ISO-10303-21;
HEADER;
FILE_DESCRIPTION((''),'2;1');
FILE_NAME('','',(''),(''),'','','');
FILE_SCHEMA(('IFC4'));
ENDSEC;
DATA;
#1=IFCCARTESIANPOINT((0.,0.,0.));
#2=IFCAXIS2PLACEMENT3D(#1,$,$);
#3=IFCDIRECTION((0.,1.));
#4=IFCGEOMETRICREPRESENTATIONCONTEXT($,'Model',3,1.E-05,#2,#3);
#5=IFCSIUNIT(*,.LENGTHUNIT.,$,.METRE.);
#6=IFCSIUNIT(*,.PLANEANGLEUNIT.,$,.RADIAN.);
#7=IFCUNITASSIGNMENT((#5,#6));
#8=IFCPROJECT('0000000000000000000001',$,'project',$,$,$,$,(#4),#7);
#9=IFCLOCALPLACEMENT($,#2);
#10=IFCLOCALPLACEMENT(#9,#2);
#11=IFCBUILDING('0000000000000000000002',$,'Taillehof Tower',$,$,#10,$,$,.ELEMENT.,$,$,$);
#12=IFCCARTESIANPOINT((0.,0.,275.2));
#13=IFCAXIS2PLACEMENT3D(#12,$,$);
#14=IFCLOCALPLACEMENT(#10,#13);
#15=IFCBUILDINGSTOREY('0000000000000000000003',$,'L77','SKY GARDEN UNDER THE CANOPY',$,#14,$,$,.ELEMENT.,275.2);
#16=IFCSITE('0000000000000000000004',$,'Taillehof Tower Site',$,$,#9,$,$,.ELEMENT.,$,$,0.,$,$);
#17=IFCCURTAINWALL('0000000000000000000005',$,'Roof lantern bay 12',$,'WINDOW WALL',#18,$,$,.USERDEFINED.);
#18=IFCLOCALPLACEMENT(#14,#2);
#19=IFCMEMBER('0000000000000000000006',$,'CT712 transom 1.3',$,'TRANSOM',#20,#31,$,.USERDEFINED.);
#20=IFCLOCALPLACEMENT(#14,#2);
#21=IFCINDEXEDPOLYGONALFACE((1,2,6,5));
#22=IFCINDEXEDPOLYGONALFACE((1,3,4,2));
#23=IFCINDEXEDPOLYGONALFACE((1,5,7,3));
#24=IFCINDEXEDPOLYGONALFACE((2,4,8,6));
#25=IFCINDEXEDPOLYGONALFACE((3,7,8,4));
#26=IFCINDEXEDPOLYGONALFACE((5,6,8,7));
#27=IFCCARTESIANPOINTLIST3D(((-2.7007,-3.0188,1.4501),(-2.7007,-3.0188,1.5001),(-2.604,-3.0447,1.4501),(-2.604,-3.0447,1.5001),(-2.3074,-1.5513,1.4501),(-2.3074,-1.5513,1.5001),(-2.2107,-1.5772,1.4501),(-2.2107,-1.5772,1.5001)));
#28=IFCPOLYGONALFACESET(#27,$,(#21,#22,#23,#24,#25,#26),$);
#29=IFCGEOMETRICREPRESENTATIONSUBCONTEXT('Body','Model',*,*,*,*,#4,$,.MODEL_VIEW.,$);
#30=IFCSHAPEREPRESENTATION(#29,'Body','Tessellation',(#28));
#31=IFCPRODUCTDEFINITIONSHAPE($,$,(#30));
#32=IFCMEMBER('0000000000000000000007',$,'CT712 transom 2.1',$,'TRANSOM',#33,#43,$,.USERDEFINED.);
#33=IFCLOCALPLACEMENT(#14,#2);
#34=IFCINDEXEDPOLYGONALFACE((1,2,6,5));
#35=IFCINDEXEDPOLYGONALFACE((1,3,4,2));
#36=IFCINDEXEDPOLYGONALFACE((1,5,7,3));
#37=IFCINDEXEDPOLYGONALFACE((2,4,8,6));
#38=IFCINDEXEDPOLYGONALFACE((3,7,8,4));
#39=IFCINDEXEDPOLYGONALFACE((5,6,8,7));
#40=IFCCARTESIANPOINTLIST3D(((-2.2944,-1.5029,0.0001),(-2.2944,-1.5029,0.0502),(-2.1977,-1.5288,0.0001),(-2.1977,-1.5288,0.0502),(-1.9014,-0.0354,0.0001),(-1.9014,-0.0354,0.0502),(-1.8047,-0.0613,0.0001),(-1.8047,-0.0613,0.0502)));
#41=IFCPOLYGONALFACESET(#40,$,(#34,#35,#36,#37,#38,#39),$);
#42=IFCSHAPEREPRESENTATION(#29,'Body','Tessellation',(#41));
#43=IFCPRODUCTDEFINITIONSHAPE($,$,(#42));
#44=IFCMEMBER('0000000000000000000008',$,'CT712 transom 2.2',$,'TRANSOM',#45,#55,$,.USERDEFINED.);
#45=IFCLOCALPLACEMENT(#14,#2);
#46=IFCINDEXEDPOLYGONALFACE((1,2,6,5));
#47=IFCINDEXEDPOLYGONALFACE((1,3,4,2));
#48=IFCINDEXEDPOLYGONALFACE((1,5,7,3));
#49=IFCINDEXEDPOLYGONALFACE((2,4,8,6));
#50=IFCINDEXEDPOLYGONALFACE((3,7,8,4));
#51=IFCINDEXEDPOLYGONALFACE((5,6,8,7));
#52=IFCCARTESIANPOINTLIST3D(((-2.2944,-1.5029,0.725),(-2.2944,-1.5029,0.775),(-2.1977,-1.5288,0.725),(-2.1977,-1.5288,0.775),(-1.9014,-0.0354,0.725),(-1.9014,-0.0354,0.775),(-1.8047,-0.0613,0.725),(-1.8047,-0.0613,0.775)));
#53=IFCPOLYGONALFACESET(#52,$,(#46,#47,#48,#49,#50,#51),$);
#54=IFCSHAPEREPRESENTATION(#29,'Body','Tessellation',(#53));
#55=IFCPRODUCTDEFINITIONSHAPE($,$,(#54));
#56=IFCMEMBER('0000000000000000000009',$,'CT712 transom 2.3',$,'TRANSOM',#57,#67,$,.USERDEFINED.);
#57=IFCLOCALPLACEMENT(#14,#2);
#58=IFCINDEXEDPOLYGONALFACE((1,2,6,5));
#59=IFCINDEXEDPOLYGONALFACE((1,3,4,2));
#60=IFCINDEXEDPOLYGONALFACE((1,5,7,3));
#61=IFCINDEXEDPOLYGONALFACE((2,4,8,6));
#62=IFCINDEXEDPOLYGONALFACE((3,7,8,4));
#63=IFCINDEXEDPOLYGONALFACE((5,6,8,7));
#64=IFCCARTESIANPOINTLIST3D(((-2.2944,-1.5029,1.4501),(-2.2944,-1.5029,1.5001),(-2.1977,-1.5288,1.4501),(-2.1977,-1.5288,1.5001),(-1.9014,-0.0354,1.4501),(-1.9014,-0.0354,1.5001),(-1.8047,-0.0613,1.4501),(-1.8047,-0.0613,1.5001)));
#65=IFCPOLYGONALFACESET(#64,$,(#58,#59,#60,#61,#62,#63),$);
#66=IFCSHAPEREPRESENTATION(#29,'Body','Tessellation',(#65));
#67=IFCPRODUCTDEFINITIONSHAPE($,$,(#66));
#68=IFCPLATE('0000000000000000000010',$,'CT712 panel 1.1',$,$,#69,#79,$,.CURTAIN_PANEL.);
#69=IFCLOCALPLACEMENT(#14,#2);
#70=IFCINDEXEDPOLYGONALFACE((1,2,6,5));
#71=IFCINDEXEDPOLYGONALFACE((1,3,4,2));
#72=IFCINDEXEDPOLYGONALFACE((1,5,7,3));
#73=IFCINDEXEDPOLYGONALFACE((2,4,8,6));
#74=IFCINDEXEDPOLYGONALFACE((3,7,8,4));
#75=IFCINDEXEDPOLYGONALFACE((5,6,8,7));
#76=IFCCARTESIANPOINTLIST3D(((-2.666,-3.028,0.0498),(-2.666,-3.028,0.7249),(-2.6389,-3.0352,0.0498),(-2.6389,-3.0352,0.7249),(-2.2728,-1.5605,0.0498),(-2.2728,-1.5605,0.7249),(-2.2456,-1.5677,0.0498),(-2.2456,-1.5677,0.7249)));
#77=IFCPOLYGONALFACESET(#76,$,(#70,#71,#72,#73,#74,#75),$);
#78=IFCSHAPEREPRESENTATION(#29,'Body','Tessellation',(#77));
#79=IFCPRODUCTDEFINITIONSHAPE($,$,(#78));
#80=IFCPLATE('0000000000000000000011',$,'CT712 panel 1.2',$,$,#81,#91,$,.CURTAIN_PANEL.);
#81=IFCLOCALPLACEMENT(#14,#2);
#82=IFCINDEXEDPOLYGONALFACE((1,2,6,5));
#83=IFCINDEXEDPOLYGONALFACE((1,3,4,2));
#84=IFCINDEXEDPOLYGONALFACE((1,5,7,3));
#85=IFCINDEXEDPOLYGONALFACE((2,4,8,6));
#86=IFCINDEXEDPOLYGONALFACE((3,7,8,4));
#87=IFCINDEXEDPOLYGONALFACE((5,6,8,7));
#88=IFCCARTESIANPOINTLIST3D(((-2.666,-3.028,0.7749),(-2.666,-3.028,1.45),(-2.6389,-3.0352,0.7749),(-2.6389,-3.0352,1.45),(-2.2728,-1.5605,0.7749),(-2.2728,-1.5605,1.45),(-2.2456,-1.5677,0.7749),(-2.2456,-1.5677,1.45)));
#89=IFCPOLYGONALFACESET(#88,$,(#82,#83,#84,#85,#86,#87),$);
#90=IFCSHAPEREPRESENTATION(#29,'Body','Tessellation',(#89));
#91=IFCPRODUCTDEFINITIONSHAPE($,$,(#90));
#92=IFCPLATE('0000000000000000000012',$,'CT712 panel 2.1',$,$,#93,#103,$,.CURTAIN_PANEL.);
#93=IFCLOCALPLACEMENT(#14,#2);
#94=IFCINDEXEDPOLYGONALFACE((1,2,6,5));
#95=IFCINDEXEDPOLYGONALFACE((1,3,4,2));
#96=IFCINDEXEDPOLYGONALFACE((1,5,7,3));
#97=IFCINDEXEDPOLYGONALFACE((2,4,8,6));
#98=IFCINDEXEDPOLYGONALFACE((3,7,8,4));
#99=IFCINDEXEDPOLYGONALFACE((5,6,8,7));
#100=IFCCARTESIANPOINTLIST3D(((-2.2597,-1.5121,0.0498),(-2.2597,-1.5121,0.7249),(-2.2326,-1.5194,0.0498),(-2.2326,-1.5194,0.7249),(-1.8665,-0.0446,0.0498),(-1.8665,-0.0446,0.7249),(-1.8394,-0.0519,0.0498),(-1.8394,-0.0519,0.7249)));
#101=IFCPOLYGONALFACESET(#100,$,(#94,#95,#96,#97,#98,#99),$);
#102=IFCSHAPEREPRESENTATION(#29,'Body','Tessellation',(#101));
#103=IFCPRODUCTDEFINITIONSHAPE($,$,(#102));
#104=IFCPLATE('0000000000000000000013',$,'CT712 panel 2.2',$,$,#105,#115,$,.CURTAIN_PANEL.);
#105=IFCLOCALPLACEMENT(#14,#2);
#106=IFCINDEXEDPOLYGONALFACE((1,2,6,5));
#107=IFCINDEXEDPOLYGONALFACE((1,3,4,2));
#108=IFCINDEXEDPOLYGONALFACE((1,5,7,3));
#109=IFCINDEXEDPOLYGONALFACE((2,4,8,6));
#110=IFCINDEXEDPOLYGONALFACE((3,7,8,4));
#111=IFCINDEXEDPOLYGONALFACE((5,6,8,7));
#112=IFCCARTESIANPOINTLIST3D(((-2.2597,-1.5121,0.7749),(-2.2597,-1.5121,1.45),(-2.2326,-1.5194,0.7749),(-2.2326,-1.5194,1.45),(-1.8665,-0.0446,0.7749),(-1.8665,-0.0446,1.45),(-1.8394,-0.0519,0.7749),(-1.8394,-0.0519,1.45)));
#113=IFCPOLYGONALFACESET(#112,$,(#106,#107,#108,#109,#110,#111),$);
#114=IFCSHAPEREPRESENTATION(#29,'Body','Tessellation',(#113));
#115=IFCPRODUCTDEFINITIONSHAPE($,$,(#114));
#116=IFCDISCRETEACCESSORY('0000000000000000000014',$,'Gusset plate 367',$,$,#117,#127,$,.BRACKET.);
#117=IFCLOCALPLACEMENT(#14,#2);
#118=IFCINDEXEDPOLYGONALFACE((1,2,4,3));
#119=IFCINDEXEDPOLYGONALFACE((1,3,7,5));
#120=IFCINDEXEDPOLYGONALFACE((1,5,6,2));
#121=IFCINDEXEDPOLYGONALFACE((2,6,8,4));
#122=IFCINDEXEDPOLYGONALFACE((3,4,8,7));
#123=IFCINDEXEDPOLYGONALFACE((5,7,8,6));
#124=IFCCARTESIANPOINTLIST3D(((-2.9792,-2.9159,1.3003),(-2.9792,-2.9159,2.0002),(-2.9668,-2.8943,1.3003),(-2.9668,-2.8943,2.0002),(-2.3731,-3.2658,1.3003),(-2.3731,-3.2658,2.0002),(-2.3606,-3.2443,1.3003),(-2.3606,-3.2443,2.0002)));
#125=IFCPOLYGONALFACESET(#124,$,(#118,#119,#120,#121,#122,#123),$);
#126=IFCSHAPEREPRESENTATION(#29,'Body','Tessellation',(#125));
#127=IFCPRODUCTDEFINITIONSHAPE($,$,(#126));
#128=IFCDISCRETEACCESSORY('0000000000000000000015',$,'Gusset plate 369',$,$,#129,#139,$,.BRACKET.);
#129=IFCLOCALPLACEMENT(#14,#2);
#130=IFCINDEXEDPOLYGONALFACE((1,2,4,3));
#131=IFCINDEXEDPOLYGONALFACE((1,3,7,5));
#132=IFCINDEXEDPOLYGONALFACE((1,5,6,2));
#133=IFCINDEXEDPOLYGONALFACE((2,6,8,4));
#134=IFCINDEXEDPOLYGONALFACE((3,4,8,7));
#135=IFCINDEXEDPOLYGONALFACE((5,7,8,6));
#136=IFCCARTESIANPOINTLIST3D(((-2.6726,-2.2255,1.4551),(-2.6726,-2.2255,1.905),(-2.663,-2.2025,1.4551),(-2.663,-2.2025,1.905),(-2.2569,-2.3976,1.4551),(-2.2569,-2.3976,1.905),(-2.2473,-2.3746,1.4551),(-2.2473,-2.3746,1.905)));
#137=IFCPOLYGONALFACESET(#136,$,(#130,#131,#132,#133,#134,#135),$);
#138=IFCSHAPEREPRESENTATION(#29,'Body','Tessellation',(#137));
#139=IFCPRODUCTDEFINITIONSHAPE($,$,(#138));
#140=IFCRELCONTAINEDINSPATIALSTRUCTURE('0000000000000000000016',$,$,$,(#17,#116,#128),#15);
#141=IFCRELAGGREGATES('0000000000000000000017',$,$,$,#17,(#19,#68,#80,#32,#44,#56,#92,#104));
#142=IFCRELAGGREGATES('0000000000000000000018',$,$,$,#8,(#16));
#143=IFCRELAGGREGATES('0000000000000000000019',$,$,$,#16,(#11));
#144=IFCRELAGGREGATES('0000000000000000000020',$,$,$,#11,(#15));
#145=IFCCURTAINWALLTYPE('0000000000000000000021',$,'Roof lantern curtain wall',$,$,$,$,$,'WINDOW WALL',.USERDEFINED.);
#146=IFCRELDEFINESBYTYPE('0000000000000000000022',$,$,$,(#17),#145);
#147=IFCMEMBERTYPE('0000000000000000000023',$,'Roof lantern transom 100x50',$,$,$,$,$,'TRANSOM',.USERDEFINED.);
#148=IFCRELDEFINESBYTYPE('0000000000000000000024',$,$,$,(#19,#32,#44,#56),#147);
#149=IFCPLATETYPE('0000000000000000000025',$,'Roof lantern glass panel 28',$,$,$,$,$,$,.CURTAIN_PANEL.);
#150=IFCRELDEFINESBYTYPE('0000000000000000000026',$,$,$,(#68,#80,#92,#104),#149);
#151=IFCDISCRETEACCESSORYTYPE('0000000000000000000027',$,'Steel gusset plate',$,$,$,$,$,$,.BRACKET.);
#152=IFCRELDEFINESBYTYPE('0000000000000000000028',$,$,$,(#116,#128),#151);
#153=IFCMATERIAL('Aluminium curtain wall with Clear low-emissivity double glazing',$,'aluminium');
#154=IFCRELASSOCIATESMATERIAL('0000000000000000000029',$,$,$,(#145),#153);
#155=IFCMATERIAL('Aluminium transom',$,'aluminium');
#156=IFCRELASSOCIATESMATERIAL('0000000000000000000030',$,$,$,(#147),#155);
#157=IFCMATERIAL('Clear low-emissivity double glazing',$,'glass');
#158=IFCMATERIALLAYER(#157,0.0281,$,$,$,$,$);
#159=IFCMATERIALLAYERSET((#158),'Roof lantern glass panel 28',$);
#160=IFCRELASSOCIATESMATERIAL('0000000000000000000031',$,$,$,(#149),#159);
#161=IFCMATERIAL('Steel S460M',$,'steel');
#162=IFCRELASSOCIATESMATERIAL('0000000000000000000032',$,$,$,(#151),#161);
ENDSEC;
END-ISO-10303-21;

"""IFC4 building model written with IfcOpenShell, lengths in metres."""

from ifc_helpers import new_model, si_unit, direction, frame, origin, origin_2d, place, context, subcontext, project, spatial, rectangle, extrude, material, layer, layer_set, material_profile, profile_set, type_object, element, aggregate, save


model = new_model("IFC4")

# Units and contexts
model_context = context("Model", 3, precision=1e-05, world=origin(), true_north=direction((0.0, 1.0)))
body_context = subcontext(model_context, "Body", "Model", "MODEL_VIEW")
ifc_project = project(units=[si_unit("LENGTHUNIT", "METRE"), si_unit("PLANEANGLEUNIT", "RADIAN")], contexts=[model_context])

# Site, building, storey
site_placement = place(None, origin())
site = spatial("IfcSite", under=ifc_project, at=site_placement, Name="Taillehof Tower Site", CompositionType="ELEMENT", RefElevation=0.0)
building_placement = place(site_placement, origin())
building = spatial("IfcBuilding", under=site, at=building_placement, Name="Taillehof Tower", CompositionType="ELEMENT")
storey_placement = place(building_placement, frame((0.0, 0.0, 275.2)))
storey = spatial("IfcBuildingStorey", under=building, at=storey_placement, Name="L77", Description="SKY GARDEN UNDER THE CANOPY", CompositionType="ELEMENT", Elevation=275.2)

# Curtain wall, members, plates
ifc_material_1 = material(Name="Aluminium curtain wall with Clear low-emissivity double glazing", Category="aluminium")
curtain_wall_type = type_object("IfcCurtainWallType", Name="Roof lantern curtain wall", ElementType="WINDOW WALL", PredefinedType="USERDEFINED", material=ifc_material_1)
curtain_wall_placement = place(storey_placement, origin())
curtain_wall = element("IfcCurtainWall", 1, at=curtain_wall_placement, inside=storey, type_object=curtain_wall_type, Name="Roof lantern bay 12", ObjectType="WINDOW WALL", PredefinedType="USERDEFINED")
ifc_material_2 = material(Name="Aluminium transom", Category="aluminium")
ifc_material_profile_1 = material_profile(ifc_material_2, rectangle(XDim=0.1001, YDim=0.05, at=origin_2d()), Name="AL 100x50")
ifc_profile_set_1 = profile_set([ifc_material_profile_1], Name="Aluminium transom")
member_type_1 = type_object("IfcMemberType", Name="Roof lantern transom 100x50", ElementType="TRANSOM", PredefinedType="USERDEFINED", material=ifc_profile_set_1)
member_1_placement = place(storey_placement, frame((-2.6523, -3.0317, 1.4751), z_axis=(0.258873, 0.965911, 0.0), x_axis=(-0.965911, 0.258873, 0.0)))
member_1 = element("IfcMember", 2, at=member_1_placement, type_object=member_type_1, Name="CT712 transom 1.3", ObjectType="TRANSOM", PredefinedType="USERDEFINED", context=body_context, shape_type="SweptSolid", body=[
    extrude(rectangle(XDim=0.1001, YDim=0.05, at=origin_2d()), origin(), (0.0, 0.0, 1.0), 1.5193),
])
member_2_placement = place(storey_placement, frame((-2.2461, -1.5159, 0.0251), z_axis=(0.258723, 0.965952, 0.0), x_axis=(-0.965952, 0.258723, 0.0)))
member_2 = element("IfcMember", 3, at=member_2_placement, type_object=member_type_1, Name="CT712 transom 2.1", ObjectType="TRANSOM", PredefinedType="USERDEFINED", context=body_context, shape_type="SweptSolid", body=[
    extrude(rectangle(XDim=0.1001, YDim=0.05, at=origin_2d()), origin(), (0.0, 0.0, 1.0), 1.5193),
])
member_3_placement = place(storey_placement, frame((-2.2461, -1.5159, 0.75), z_axis=(0.258723, 0.965952, 0.0), x_axis=(-0.965952, 0.258723, 0.0)))
member_3 = element("IfcMember", 4, at=member_3_placement, type_object=member_type_1, Name="CT712 transom 2.2", ObjectType="TRANSOM", PredefinedType="USERDEFINED", context=body_context, shape_type="SweptSolid", body=[
    extrude(rectangle(XDim=0.1001, YDim=0.05, at=origin_2d()), origin(), (0.0, 0.0, 1.0), 1.5193),
])
member_4_placement = place(storey_placement, frame((-2.2461, -1.5159, 1.4751), z_axis=(0.258723, 0.965952, 0.0), x_axis=(-0.965952, 0.258723, 0.0)))
member_4 = element("IfcMember", 5, at=member_4_placement, type_object=member_type_1, Name="CT712 transom 2.3", ObjectType="TRANSOM", PredefinedType="USERDEFINED", context=body_context, shape_type="SweptSolid", body=[
    extrude(rectangle(XDim=0.1001, YDim=0.05, at=origin_2d()), origin(), (0.0, 0.0, 1.0), 1.5193),
])
ifc_material_3 = material(Name="Clear low-emissivity double glazing", Category="glass")
ifc_layer = layer(ifc_material_3, 0.0281)
ifc_layer_set = layer_set([ifc_layer], Name="Roof lantern glass panel 28")
plate_type = type_object("IfcPlateType", Name="Roof lantern glass panel 28", PredefinedType="CURTAIN_PANEL", material=ifc_layer_set)
plate_1_placement = place(storey_placement, frame((-2.4558, -2.2979, 0.0498), z_axis=(0.0, 0.0, 1.0), x_axis=(0.258819, 0.965926, 0.0)))
plate_1 = element("IfcPlate", 6, at=plate_1_placement, type_object=plate_type, Name="CT712 panel 1.1", PredefinedType="CURTAIN_PANEL", context=body_context, shape_type="SweptSolid", body=[
    extrude(rectangle(XDim=1.5193, YDim=0.0281, at=origin_2d()), origin(), (0.0, 0.0, 1.0), 0.675),
])
plate_2_placement = place(storey_placement, frame((-2.4558, -2.2979, 0.7749), z_axis=(0.0, 0.0, 1.0), x_axis=(0.258819, 0.965926, 0.0)))
plate_2 = element("IfcPlate", 7, at=plate_2_placement, type_object=plate_type, Name="CT712 panel 1.2", PredefinedType="CURTAIN_PANEL", context=body_context, shape_type="SweptSolid", body=[
    extrude(rectangle(XDim=1.5193, YDim=0.0281, at=origin_2d()), origin(), (0.0, 0.0, 1.0), 0.675),
])
plate_3_placement = place(storey_placement, frame((-2.0496, -0.782, 0.0498), z_axis=(0.0, 0.0, 1.0), x_axis=(0.258819, 0.965926, 0.0)))
plate_3 = element("IfcPlate", 8, at=plate_3_placement, type_object=plate_type, Name="CT712 panel 2.1", PredefinedType="CURTAIN_PANEL", context=body_context, shape_type="SweptSolid", body=[
    extrude(rectangle(XDim=1.5193, YDim=0.0281, at=origin_2d()), origin(), (0.0, 0.0, 1.0), 0.675),
])
plate_4_placement = place(storey_placement, frame((-2.0496, -0.782, 0.7749), z_axis=(0.0, 0.0, 1.0), x_axis=(0.258819, 0.965926, 0.0)))
plate_4 = element("IfcPlate", 9, at=plate_4_placement, type_object=plate_type, Name="CT712 panel 2.2", PredefinedType="CURTAIN_PANEL", context=body_context, shape_type="SweptSolid", body=[
    extrude(rectangle(XDim=1.5193, YDim=0.0281, at=origin_2d()), origin(), (0.0, 0.0, 1.0), 0.675),
])
aggregate(curtain_wall, [member_1, plate_1, plate_2, member_2, member_3, member_4, plate_3, plate_4])

# Discrete accessories
ifc_material_4 = material(Name="Steel S460M", Category="steel")
discrete_accessory_type = type_object("IfcDiscreteAccessoryType", Name="Steel gusset plate", PredefinedType="BRACKET", material=ifc_material_4)
discrete_accessory_1_placement = place(storey_placement, frame((-2.6699, -3.0801, 1.3003), z_axis=(0.0, 0.0, 1.0), x_axis=(-0.866025, 0.5, 0.0)))
element("IfcDiscreteAccessory", 10, at=discrete_accessory_1_placement, inside=storey, type_object=discrete_accessory_type, Name="Gusset plate 367", PredefinedType="BRACKET", context=body_context, shape_type="SweptSolid", body=[
    extrude(rectangle(XDim=0.7, YDim=0.0249, at=origin_2d()), origin(), (0.0, 0.0, 1.0), 0.7),
])
discrete_accessory_2_placement = place(storey_placement, frame((-2.46, -2.3, 1.4551), z_axis=(0.0, 0.0, 1.0), x_axis=(-0.923879, 0.382685, 0.0)))
element("IfcDiscreteAccessory", 11, at=discrete_accessory_2_placement, inside=storey, type_object=discrete_accessory_type, Name="Gusset plate 369", PredefinedType="BRACKET", context=body_context, shape_type="SweptSolid", body=[
    extrude(rectangle(XDim=0.45, YDim=0.0249, at=origin_2d()), origin(), (0.0, 0.0, 1.0), 0.45),
])

save(model, "model.ifc")
